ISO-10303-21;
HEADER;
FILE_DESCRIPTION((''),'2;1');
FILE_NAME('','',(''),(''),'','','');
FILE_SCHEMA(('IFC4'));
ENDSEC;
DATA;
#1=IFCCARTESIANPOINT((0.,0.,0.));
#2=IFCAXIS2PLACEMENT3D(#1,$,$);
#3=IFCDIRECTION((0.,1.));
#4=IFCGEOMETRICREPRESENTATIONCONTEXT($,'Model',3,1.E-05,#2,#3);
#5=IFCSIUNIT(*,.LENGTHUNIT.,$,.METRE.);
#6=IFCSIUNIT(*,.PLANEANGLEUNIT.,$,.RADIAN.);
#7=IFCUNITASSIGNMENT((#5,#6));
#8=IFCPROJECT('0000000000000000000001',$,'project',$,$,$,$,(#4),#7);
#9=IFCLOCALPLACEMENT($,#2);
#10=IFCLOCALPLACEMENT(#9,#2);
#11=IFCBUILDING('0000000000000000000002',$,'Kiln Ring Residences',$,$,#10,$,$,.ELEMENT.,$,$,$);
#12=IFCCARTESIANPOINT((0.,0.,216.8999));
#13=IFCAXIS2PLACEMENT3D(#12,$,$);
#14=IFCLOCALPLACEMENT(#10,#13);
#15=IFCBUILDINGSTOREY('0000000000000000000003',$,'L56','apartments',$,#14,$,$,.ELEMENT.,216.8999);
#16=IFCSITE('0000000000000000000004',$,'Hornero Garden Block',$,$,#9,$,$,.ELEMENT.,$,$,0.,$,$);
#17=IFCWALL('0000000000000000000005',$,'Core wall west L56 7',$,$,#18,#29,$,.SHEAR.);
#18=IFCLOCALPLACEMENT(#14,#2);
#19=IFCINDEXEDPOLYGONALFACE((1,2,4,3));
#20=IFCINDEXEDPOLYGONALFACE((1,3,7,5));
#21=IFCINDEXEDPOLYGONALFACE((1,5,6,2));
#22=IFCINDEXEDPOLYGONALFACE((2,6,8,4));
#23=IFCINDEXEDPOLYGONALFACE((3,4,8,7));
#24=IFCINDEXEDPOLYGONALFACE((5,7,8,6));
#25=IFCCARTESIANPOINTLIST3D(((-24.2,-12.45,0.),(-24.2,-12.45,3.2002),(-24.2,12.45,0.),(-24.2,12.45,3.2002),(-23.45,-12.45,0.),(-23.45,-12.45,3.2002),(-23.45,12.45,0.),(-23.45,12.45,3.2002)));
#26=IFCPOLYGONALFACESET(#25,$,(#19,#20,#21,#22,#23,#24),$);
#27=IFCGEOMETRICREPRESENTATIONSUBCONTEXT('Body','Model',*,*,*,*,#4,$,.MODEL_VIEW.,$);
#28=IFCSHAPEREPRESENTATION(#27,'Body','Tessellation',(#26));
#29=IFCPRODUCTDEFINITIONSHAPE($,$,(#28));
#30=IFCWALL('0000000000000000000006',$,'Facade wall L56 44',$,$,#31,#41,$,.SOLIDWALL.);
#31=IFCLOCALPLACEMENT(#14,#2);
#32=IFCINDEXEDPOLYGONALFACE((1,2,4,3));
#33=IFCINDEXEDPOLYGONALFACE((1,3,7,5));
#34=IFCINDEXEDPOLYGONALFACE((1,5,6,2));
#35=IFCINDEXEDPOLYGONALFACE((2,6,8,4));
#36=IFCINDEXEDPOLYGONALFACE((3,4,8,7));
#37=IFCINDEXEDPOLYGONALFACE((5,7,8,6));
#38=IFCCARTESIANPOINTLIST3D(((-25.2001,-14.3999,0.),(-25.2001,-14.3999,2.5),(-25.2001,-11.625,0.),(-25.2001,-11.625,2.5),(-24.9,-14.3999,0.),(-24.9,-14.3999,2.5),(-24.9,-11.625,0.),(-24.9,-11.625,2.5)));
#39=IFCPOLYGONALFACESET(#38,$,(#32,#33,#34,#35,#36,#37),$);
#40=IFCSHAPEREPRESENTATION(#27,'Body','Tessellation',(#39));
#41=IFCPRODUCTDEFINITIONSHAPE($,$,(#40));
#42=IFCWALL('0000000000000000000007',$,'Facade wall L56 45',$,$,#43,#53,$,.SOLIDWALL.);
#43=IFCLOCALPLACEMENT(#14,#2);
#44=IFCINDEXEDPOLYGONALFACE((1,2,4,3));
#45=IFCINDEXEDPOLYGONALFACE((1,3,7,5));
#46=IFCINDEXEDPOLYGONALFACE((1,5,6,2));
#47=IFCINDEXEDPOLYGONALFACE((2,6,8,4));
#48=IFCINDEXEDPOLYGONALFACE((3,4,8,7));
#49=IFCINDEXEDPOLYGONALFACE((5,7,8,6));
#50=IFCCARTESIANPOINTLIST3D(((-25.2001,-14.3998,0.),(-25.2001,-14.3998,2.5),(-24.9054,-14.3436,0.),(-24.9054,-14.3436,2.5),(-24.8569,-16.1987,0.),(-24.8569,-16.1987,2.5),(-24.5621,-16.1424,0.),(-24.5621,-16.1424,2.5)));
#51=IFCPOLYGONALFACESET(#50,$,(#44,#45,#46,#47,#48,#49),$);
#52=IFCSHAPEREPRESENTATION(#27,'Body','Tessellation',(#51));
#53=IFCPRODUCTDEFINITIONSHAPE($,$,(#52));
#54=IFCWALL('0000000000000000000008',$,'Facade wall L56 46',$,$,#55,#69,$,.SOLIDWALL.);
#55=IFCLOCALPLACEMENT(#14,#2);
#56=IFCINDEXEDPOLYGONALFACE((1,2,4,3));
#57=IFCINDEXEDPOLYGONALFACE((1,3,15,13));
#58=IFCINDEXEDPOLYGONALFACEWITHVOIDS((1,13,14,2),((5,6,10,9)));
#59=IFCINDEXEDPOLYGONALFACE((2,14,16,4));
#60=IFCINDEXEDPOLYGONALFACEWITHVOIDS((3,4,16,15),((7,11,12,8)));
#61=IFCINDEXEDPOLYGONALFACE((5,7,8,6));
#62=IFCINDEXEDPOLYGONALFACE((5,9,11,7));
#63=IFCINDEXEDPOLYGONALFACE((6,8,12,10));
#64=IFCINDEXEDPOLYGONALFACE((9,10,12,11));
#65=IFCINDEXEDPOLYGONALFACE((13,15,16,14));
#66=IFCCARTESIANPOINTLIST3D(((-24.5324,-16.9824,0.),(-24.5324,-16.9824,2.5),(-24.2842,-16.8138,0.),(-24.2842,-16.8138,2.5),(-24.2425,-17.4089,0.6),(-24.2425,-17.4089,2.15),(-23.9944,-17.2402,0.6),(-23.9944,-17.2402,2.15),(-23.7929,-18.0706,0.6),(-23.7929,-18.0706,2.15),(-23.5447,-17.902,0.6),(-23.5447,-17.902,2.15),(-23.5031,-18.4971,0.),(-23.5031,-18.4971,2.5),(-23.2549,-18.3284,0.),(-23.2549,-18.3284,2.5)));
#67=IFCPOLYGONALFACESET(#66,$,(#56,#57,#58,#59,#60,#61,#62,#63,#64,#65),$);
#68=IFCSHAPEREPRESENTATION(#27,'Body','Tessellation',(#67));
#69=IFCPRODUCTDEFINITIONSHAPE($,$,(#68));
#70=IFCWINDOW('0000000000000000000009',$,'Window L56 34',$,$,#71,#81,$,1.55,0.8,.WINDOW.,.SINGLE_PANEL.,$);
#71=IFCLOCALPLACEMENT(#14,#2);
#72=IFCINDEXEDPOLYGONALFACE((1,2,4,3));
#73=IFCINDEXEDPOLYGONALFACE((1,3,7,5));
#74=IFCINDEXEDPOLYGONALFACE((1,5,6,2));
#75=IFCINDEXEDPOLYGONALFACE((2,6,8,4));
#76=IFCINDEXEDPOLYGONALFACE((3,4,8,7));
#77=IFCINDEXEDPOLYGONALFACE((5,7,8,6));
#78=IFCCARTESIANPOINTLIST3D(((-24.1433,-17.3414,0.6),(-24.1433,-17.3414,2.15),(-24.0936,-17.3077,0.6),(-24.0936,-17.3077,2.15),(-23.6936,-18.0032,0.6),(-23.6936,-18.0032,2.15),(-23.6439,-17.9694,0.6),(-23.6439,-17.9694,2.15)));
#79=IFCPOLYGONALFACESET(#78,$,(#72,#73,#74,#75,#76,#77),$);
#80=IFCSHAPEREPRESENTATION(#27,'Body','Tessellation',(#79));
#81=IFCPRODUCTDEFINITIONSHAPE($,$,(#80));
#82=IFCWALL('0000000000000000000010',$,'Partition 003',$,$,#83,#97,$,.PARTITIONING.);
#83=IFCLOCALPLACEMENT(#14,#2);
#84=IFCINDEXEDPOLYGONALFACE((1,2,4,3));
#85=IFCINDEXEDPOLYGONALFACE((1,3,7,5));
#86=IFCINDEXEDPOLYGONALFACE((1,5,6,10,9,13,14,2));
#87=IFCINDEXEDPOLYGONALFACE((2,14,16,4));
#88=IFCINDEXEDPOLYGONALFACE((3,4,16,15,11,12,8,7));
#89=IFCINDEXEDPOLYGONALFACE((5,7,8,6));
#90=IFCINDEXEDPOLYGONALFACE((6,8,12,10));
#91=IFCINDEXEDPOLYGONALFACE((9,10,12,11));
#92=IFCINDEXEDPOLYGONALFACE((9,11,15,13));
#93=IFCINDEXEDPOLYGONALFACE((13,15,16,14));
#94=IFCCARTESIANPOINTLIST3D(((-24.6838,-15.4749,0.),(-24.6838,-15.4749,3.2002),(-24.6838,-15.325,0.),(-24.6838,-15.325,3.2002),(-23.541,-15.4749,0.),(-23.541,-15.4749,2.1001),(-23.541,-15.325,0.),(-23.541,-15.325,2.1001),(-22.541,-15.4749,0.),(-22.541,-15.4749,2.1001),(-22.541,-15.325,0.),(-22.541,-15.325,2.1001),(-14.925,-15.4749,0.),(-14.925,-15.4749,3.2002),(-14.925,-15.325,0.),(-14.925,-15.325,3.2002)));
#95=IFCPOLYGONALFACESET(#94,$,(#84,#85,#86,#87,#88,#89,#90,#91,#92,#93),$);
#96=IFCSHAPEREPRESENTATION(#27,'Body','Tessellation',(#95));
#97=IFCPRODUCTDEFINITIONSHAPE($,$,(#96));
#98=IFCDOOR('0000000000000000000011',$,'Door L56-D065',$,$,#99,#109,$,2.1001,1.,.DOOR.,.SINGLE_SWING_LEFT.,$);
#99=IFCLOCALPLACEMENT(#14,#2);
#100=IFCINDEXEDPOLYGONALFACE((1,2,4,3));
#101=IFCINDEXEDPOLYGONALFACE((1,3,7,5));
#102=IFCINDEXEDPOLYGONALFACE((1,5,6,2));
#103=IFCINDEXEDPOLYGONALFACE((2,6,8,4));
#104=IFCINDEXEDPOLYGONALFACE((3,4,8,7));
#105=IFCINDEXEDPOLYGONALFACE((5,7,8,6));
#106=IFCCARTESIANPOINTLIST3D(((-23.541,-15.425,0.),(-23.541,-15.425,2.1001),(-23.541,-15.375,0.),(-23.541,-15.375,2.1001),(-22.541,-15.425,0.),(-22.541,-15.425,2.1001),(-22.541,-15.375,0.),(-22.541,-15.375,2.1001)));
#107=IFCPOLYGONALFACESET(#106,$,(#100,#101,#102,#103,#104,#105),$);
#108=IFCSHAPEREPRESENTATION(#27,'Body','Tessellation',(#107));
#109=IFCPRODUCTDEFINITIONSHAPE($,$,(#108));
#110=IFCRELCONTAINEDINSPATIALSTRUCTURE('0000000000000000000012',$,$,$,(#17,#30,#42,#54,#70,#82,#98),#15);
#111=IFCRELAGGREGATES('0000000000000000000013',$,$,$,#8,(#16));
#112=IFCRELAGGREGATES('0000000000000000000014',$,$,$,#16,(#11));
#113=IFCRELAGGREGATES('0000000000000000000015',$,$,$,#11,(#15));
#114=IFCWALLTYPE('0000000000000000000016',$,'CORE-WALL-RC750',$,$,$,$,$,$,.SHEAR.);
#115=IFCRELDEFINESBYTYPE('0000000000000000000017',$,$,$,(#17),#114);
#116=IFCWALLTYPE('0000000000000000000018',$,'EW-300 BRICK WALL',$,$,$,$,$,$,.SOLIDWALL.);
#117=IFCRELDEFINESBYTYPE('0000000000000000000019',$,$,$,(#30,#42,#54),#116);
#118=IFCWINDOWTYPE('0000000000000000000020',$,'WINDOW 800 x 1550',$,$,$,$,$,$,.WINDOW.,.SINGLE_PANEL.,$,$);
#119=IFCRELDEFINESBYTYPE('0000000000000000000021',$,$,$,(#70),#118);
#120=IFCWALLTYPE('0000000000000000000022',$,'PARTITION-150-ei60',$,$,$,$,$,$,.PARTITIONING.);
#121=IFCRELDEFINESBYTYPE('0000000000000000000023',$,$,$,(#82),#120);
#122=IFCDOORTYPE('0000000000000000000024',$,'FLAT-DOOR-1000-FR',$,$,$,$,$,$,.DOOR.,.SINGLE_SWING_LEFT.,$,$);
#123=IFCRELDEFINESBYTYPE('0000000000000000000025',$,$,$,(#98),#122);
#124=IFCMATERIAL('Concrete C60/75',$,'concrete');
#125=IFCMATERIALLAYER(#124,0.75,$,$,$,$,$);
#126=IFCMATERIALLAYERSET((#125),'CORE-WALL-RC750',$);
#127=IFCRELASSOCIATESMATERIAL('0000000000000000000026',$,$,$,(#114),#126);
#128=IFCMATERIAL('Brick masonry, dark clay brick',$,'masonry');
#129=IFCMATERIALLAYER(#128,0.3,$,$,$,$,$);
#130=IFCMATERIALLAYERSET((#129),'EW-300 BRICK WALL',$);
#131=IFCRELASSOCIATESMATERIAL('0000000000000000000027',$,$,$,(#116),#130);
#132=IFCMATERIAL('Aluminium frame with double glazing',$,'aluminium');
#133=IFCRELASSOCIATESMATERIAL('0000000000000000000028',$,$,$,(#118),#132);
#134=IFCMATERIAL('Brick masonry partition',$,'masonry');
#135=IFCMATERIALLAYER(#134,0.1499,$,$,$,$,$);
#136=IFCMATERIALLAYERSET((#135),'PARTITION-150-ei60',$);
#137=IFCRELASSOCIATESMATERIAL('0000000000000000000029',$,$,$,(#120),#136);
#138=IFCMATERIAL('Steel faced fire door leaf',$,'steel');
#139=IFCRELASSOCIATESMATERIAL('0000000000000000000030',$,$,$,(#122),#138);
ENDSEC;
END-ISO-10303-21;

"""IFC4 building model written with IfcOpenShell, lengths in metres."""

from ifc_helpers import new_model, si_unit, direction, frame, frame_2d, origin, place, context, subcontext, project, spatial, rectangle, extrude, material, layer, layer_set, type_object, element, fill, save


model = new_model("IFC4")

# Units and contexts
model_context = context("Model", 3, precision=1e-05, world=origin(), true_north=direction((0.0, 1.0)))
body_context = subcontext(model_context, "Body", "Model", "MODEL_VIEW")
ifc_project = project(units=[si_unit("LENGTHUNIT", "METRE"), si_unit("PLANEANGLEUNIT", "RADIAN")], contexts=[model_context])

# Site, building, storey
site_placement = place(None, origin())
site = spatial("IfcSite", under=ifc_project, at=site_placement, Name="Hornero Garden Block", CompositionType="ELEMENT", RefElevation=0.0)
building_placement = place(site_placement, origin())
building = spatial("IfcBuilding", under=site, at=building_placement, Name="Kiln Ring Residences", CompositionType="ELEMENT")
storey_placement = place(building_placement, frame((0.0, 0.0, 216.8999)))
storey = spatial("IfcBuildingStorey", under=building, at=storey_placement, Name="L56", Description="apartments", CompositionType="ELEMENT", Elevation=216.8999)

# Walls
ifc_material_1 = material(Name="Concrete C60/75", Category="concrete")
ifc_layer_1 = layer(ifc_material_1, 0.75)
ifc_layer_set_1 = layer_set([ifc_layer_1], Name="CORE-WALL-RC750")
wall_type_1 = type_object("IfcWallType", Name="CORE-WALL-RC750", PredefinedType="SHEAR", material=ifc_layer_set_1)
wall_1_placement = place(storey_placement, frame((-23.825, -12.45, 0.0), z_axis=(0.0, 0.0, 1.0), x_axis=(0.0, 1.0, 0.0)))
element("IfcWall", 1, at=wall_1_placement, inside=storey, type_object=wall_type_1, Name="Core wall west L56 7", PredefinedType="SHEAR", context=body_context, shape_type="SweptSolid", body=[
    extrude(rectangle(XDim=24.8999, YDim=0.75, at=frame_2d((12.45, 0.0))), origin(), (0.0, 0.0, 1.0), 3.2002),
])
ifc_material_2 = material(Name="Brick masonry, dark clay brick", Category="masonry")
ifc_layer_2 = layer(ifc_material_2, 0.3)
ifc_layer_set_2 = layer_set([ifc_layer_2], Name="EW-300 BRICK WALL")
wall_type_2 = type_object("IfcWallType", Name="EW-300 BRICK WALL", PredefinedType="SOLIDWALL", material=ifc_layer_set_2)
wall_2_placement = place(storey_placement, frame((-25.05, -11.625, 0.0), z_axis=(0.0, 0.0, 1.0), x_axis=(0.0, -1.0, 0.0)))
element("IfcWall", 2, at=wall_2_placement, inside=storey, type_object=wall_type_2, Name="Facade wall L56 44", PredefinedType="SOLIDWALL", context=body_context, shape_type="SweptSolid", body=[
    extrude(rectangle(XDim=2.7749, YDim=0.3, at=frame_2d((1.3875, 0.0))), origin(), (0.0, 0.0, 1.0), 2.5),
])
wall_3_placement = place(storey_placement, frame((-25.0527, -14.3718, 0.0), z_axis=(0.0, 0.0, 1.0), x_axis=(0.187443, -0.982275, 0.0)))
element("IfcWall", 3, at=wall_3_placement, inside=storey, type_object=wall_type_2, Name="Facade wall L56 45", PredefinedType="SOLIDWALL", context=body_context, shape_type="SweptSolid", body=[
    extrude(rectangle(XDim=1.8313, YDim=0.3, at=frame_2d((0.9155, 0.0))), origin(), (0.0, 0.0, 1.0), 2.5),
])

# Wall, opening, window
wall_4_placement = place(storey_placement, frame((-24.4082, -16.8982, 0.0), z_axis=(0.0, 0.0, 1.0), x_axis=(0.562062, -0.827095, 0.0)))
wall_4 = element("IfcWall", 4, at=wall_4_placement, inside=storey, type_object=wall_type_2, Name="Facade wall L56 46", PredefinedType="SOLIDWALL", context=body_context, shape_type="SweptSolid", body=[
    extrude(rectangle(XDim=1.8313, YDim=0.3, at=frame_2d((0.9155, 0.0))), origin(), (0.0, 0.0, 1.0), 2.5),
])
opening_1_placement = place(wall_4_placement, frame((0.5156, 0.0, 0.6001)))
opening_1 = element("IfcOpeningElement", 5, at=opening_1_placement, cuts=wall_4, PredefinedType="OPENING", context=body_context, shape_type="SweptSolid", body=[
    extrude(rectangle(XDim=0.8, YDim=1.55, at=frame_2d((0.3999, 0.7749))), frame((0.0, 0.1599, 0.0), z_axis=(0.0, -1.0, 0.0), x_axis=(1.0, 0.0, 0.0)), (0.0, 0.0, 1.0), 0.3201),
])
ifc_material_3 = material(Name="Aluminium frame with double glazing", Category="aluminium")
window_type = type_object("IfcWindowType", Name="WINDOW 800 x 1550", PartitioningType="SINGLE_PANEL", PredefinedType="WINDOW", material=ifc_material_3)
window_placement = place(opening_1_placement, origin())
window = element("IfcWindow", 6, at=window_placement, inside=storey, type_object=window_type, Name="Window L56 34", OverallHeight=1.55, OverallWidth=0.8, PartitioningType="SINGLE_PANEL", PredefinedType="WINDOW", context=body_context, shape_type="SweptSolid", body=[
    extrude(rectangle(XDim=0.8, YDim=1.55, at=frame_2d((0.3999, 0.7749))), frame((0.0, 0.03, 0.0), z_axis=(0.0, -1.0, 0.0), x_axis=(1.0, 0.0, 0.0)), (0.0, 0.0, 1.0), 0.0601),
])
fill(opening_1, window)

# Wall, opening, door
ifc_material_4 = material(Name="Brick masonry partition", Category="masonry")
ifc_layer_3 = layer(ifc_material_4, 0.1499)
ifc_layer_set_3 = layer_set([ifc_layer_3], Name="PARTITION-150-ei60")
wall_type_3 = type_object("IfcWallType", Name="PARTITION-150-ei60", PredefinedType="PARTITIONING", material=ifc_layer_set_3)
wall_5_placement = place(storey_placement, frame((-24.6838, -15.3999, 0.0), z_axis=(0.0, 0.0, 1.0), x_axis=(1.0, 0.0, 0.0)))
wall_5 = element("IfcWall", 7, at=wall_5_placement, inside=storey, type_object=wall_type_3, Name="Partition 003", PredefinedType="PARTITIONING", context=body_context, shape_type="SweptSolid", body=[
    extrude(rectangle(XDim=9.7588, YDim=0.1499, at=frame_2d((4.8794, 0.0))), origin(), (0.0, 0.0, 1.0), 3.2002),
])
opening_2_placement = place(wall_5_placement, frame((1.1428, 0.0, 0.0)))
opening_2 = element("IfcOpeningElement", 8, at=opening_2_placement, cuts=wall_5, PredefinedType="OPENING", context=body_context, shape_type="SweptSolid", body=[
    extrude(rectangle(XDim=1.0, YDim=2.1001, at=frame_2d((0.5, 1.05))), frame((0.0, 0.085, 0.0), z_axis=(0.0, -1.0, 0.0), x_axis=(1.0, 0.0, 0.0)), (0.0, 0.0, 1.0), 0.1699),
])
ifc_material_5 = material(Name="Steel faced fire door leaf", Category="steel")
door_type_1 = type_object("IfcDoorType", Name="FLAT-DOOR-1000-FR", OperationType="SINGLE_SWING_LEFT", PredefinedType="DOOR", material=ifc_material_5)
door_1_placement = place(opening_2_placement, origin())
door_1 = element("IfcDoor", 9, at=door_1_placement, inside=storey, type_object=door_type_1, Name="Door L56-D065", OperationType="SINGLE_SWING_LEFT", OverallHeight=2.1001, OverallWidth=1.0, PredefinedType="DOOR", context=body_context, shape_type="SweptSolid", body=[
    extrude(rectangle(XDim=1.0, YDim=2.1001, at=frame_2d((0.5, 1.05))), frame((0.0, 0.0249, 0.0), z_axis=(0.0, -1.0, 0.0), x_axis=(1.0, 0.0, 0.0)), (0.0, 0.0, 1.0), 0.05),
])
fill(opening_2, door_1)

save(model, "model.ifc")
